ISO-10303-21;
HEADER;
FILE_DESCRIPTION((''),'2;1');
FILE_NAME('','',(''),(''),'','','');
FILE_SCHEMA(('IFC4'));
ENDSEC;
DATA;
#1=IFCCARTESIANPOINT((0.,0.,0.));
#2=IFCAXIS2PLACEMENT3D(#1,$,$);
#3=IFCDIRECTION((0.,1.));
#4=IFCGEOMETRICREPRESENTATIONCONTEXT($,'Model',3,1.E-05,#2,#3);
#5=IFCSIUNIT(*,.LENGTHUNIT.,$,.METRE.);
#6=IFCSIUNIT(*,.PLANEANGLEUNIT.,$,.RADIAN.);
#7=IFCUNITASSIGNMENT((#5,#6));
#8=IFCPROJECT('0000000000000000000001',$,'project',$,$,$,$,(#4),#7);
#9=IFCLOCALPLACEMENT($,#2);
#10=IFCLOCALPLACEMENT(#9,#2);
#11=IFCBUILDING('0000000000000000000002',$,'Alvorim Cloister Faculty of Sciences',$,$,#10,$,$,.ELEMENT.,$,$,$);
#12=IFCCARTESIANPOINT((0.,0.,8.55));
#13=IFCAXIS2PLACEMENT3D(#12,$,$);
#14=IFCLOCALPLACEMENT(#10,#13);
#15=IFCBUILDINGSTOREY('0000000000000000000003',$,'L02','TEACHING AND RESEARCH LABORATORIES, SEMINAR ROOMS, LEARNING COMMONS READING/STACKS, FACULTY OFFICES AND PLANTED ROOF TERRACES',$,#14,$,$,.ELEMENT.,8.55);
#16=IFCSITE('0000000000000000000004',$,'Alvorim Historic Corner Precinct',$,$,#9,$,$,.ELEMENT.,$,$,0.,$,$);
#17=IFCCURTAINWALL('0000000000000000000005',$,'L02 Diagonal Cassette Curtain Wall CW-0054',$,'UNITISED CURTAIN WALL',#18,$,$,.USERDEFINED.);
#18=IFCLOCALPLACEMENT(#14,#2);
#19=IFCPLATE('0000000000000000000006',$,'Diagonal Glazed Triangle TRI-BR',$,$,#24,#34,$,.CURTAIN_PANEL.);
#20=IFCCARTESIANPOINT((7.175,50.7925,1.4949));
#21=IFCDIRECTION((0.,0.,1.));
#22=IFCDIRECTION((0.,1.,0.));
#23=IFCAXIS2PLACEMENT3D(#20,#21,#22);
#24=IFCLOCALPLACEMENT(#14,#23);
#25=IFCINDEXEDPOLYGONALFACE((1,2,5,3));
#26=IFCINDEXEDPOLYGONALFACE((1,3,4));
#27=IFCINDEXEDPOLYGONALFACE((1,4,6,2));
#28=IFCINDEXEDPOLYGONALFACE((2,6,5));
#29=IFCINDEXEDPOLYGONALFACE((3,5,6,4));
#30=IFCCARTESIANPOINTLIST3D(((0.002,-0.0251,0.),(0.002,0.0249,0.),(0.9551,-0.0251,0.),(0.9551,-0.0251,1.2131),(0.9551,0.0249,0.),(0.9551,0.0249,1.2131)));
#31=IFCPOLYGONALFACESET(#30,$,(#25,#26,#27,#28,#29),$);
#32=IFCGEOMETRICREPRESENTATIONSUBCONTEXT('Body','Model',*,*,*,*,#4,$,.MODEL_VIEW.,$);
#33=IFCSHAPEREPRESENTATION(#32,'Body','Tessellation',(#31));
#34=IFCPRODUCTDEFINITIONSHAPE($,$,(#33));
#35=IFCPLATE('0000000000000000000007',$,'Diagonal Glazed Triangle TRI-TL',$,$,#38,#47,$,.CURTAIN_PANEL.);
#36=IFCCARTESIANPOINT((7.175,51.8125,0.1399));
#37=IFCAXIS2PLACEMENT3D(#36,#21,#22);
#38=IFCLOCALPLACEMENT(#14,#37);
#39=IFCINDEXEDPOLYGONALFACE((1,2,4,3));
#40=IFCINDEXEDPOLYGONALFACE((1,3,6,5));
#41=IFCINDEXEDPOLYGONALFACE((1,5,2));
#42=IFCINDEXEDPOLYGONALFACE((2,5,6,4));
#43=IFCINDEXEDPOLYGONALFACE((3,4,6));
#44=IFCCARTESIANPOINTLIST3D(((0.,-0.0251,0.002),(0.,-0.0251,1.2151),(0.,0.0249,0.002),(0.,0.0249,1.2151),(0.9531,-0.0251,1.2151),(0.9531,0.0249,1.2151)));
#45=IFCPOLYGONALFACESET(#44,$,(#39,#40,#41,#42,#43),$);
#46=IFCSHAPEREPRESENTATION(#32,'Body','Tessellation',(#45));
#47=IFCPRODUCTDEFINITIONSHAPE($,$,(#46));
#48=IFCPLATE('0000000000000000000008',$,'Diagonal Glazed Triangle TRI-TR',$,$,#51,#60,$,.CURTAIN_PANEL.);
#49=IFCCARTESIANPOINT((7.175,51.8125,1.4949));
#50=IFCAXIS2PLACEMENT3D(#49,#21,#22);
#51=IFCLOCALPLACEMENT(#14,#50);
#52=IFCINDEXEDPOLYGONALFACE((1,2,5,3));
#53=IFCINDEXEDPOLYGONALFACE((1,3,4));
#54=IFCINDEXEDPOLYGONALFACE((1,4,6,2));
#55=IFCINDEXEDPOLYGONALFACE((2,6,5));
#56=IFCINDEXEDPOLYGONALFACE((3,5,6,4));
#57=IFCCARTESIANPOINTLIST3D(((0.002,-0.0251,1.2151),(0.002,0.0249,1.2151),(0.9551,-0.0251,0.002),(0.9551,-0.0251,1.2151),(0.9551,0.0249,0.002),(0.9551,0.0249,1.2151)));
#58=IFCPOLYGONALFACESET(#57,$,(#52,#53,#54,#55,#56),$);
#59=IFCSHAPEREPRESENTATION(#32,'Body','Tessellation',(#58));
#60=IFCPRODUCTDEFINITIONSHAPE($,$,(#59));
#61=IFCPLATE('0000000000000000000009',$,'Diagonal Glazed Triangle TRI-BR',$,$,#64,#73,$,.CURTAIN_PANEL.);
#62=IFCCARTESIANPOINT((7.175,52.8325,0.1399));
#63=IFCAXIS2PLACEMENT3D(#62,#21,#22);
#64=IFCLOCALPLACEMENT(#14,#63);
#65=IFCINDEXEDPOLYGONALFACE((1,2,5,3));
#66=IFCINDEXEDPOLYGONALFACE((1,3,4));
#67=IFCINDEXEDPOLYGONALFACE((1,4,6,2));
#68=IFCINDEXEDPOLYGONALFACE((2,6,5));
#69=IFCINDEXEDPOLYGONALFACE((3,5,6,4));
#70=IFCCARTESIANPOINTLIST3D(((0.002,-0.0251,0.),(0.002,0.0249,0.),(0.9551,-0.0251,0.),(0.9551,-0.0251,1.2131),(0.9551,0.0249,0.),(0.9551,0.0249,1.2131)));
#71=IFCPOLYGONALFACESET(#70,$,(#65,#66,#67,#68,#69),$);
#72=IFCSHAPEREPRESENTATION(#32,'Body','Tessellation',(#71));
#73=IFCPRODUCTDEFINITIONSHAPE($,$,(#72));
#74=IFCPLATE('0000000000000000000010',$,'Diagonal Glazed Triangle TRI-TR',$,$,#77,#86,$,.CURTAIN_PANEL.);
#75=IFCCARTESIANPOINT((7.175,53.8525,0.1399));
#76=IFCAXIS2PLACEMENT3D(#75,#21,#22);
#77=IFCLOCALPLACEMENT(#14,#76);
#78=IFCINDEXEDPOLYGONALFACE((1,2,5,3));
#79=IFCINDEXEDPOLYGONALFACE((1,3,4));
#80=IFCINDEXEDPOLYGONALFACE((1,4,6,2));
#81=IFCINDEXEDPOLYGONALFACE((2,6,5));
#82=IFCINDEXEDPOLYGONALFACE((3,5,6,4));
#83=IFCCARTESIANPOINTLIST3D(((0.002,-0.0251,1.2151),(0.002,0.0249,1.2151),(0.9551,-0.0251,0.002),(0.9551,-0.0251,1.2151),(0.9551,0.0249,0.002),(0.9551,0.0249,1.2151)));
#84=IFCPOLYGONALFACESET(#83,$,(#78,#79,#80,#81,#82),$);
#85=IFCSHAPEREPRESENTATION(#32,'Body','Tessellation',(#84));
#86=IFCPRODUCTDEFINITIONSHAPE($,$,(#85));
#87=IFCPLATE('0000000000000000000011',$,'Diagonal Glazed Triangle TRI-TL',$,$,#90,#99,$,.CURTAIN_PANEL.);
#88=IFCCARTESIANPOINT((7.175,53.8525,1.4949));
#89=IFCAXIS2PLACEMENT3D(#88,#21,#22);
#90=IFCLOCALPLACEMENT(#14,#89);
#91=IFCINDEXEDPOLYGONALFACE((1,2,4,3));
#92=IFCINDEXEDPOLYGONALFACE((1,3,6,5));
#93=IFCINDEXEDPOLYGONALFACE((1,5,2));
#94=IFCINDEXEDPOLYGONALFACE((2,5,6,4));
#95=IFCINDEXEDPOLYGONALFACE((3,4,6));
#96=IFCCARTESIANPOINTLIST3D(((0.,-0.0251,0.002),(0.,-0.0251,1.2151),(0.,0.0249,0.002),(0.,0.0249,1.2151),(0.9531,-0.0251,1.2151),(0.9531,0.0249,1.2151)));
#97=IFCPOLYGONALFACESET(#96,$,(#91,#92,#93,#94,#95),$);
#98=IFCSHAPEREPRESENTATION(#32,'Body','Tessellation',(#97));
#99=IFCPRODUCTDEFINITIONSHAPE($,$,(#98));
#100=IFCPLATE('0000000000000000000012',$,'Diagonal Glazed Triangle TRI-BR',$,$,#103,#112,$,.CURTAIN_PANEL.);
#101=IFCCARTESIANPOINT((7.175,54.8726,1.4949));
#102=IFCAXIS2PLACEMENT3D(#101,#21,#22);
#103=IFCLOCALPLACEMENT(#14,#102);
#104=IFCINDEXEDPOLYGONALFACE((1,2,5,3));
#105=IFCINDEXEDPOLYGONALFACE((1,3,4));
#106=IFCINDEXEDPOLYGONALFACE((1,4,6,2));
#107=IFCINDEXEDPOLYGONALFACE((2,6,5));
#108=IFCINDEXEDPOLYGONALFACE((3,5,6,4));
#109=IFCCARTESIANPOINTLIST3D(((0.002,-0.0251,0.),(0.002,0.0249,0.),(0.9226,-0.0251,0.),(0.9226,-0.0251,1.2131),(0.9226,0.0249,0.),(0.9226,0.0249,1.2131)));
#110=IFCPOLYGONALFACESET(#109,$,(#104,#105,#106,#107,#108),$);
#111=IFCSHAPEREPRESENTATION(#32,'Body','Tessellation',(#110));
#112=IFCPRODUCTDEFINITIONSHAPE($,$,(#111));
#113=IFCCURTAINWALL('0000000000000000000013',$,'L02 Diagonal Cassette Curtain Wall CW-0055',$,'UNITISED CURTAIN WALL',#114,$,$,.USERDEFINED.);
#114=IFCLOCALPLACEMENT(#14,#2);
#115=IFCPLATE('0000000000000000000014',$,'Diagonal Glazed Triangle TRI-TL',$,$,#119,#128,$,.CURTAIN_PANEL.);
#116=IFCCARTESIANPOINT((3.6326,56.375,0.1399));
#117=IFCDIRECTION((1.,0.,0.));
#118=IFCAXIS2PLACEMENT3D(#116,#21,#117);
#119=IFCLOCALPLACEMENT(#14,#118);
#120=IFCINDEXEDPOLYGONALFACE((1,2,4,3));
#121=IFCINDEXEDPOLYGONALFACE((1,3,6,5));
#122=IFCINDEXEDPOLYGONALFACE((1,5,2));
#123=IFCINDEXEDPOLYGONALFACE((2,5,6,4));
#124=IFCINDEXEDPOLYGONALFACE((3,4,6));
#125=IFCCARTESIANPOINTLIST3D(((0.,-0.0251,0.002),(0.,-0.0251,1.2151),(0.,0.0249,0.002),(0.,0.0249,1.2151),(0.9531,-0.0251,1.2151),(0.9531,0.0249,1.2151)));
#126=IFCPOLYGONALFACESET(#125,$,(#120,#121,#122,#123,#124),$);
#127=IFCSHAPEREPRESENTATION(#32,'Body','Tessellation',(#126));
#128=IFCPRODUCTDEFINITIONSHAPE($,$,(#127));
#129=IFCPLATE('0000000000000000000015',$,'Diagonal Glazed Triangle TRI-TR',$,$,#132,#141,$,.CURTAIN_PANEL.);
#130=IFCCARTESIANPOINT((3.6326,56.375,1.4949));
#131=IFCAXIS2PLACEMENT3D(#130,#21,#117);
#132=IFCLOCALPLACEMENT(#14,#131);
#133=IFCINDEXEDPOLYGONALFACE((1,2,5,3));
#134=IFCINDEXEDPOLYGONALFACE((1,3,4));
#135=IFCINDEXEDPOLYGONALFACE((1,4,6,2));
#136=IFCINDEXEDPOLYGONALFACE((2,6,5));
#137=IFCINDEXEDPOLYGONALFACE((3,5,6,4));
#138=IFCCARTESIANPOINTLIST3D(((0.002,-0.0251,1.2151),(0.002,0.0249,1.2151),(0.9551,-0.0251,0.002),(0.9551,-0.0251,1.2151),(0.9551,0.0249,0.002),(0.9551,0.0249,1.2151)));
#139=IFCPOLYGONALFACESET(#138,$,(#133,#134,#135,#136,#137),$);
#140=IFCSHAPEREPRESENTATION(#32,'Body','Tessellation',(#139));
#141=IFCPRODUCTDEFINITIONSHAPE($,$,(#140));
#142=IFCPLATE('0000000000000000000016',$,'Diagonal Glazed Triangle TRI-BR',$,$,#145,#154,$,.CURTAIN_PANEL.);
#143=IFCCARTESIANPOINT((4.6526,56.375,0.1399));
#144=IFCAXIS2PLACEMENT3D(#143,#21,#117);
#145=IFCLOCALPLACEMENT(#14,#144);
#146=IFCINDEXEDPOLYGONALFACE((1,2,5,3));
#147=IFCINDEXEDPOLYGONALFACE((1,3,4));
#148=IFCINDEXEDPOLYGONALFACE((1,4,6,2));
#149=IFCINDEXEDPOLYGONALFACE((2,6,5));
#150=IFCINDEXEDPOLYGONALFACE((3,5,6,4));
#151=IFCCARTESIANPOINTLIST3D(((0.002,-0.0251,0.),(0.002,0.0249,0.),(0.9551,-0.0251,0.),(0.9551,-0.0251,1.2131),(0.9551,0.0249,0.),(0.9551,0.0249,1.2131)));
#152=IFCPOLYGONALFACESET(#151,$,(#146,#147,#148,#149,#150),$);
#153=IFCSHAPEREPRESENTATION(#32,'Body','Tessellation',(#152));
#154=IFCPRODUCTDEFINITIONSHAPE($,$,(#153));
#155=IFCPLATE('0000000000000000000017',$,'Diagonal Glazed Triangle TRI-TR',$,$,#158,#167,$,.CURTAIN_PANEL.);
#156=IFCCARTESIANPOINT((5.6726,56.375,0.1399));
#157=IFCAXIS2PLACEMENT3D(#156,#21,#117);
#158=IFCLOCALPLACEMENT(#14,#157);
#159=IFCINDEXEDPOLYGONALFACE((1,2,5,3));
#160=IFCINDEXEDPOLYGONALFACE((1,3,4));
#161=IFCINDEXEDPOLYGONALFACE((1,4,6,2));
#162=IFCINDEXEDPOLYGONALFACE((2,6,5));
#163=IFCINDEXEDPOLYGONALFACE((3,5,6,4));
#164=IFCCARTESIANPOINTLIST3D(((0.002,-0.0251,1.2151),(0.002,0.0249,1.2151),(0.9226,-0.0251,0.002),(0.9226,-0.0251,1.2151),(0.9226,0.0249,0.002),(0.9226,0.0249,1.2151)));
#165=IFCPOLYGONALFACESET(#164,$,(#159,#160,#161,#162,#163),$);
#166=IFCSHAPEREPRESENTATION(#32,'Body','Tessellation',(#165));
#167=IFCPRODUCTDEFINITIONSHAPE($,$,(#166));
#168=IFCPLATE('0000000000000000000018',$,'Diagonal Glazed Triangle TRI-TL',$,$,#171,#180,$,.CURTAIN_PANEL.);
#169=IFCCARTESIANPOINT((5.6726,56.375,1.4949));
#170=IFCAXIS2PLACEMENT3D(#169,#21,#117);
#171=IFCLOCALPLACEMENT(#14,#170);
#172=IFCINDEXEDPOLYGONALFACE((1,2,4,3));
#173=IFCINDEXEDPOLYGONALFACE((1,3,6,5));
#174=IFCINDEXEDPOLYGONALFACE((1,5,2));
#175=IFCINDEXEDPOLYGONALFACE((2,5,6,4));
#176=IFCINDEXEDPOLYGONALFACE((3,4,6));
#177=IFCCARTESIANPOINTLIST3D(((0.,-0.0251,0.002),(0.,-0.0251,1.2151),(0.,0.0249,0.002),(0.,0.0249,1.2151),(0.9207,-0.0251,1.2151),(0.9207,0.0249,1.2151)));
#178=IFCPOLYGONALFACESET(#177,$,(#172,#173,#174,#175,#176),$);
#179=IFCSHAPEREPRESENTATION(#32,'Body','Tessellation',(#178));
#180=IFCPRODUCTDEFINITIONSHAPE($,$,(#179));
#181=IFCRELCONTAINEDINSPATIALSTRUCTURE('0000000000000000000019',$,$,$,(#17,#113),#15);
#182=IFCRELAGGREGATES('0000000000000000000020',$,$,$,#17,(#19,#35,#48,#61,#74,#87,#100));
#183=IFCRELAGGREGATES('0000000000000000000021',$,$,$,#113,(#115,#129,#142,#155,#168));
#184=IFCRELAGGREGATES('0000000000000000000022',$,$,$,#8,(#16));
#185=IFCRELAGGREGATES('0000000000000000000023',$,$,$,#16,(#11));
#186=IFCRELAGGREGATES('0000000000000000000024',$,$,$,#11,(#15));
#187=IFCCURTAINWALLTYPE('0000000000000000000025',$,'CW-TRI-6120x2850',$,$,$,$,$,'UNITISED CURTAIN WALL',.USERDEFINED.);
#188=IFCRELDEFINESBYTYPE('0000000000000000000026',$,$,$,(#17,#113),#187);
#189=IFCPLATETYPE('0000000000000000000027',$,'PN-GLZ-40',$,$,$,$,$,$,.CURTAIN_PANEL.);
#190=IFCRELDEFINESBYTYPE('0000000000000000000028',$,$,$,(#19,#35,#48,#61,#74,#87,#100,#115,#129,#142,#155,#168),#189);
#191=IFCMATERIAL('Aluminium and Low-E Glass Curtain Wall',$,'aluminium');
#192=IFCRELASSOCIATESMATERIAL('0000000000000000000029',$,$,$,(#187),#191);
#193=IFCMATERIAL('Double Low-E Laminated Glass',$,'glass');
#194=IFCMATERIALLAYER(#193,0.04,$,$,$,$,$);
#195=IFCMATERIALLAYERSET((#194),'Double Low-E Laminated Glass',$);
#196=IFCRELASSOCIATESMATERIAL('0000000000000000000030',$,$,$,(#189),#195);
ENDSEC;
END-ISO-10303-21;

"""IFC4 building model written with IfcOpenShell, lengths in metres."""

from ifc_helpers import new_model, si_unit, direction, frame, origin, place, context, subcontext, project, spatial, polyline, outline, extrude, material, layer, layer_set, type_object, element, aggregate, save


model = new_model("IFC4")

# Units and contexts
model_context = context("Model", 3, precision=1e-05, world=origin(), true_north=direction((0.0, 1.0)))
body_context = subcontext(model_context, "Body", "Model", "MODEL_VIEW")
ifc_project = project(units=[si_unit("LENGTHUNIT", "METRE"), si_unit("PLANEANGLEUNIT", "RADIAN")], contexts=[model_context])

# Site, building, storey
site_placement = place(None, origin())
site = spatial("IfcSite", under=ifc_project, at=site_placement, Name="Alvorim Historic Corner Precinct", CompositionType="ELEMENT", RefElevation=0.0)
building_placement = place(site_placement, origin())
building = spatial("IfcBuilding", under=site, at=building_placement, Name="Alvorim Cloister Faculty of Sciences", CompositionType="ELEMENT")
storey_placement = place(building_placement, frame((0.0, 0.0, 8.55)))
storey = spatial("IfcBuildingStorey", under=building, at=storey_placement, Name="L02", Description="TEACHING AND RESEARCH LABORATORIES, SEMINAR ROOMS, LEARNING COMMONS READING/STACKS, FACULTY OFFICES AND PLANTED ROOF TERRACES", CompositionType="ELEMENT", Elevation=8.55)

# Curtain walls, plates
ifc_material_1 = material(Name="Aluminium and Low-E Glass Curtain Wall", Category="aluminium")
curtain_wall_type = type_object("IfcCurtainWallType", Name="CW-TRI-6120x2850", ElementType="UNITISED CURTAIN WALL", PredefinedType="USERDEFINED", material=ifc_material_1)
curtain_wall_1_placement = place(storey_placement, origin())
curtain_wall_1 = element("IfcCurtainWall", 1, at=curtain_wall_1_placement, inside=storey, type_object=curtain_wall_type, Name="L02 Diagonal Cassette Curtain Wall CW-0054", ObjectType="UNITISED CURTAIN WALL", PredefinedType="USERDEFINED")
ifc_material_2 = material(Name="Double Low-E Laminated Glass", Category="glass")
ifc_layer = layer(ifc_material_2, 0.04)
ifc_layer_set = layer_set([ifc_layer], Name="Double Low-E Laminated Glass")
plate_type = type_object("IfcPlateType", Name="PN-GLZ-40", PredefinedType="CURTAIN_PANEL", material=ifc_layer_set)
plate_1_placement = place(storey_placement, frame((7.175, 50.7925, 1.4949), z_axis=(0.0, 0.0, 1.0), x_axis=(0.0, 1.0, 0.0)))
plate_1 = element("IfcPlate", 2, at=plate_1_placement, type_object=plate_type, Name="Diagonal Glazed Triangle TRI-BR", PredefinedType="CURTAIN_PANEL", context=body_context, shape_type="SweptSolid", body=[
    extrude(outline(polyline([(0.002, 0.0), (0.9551, 0.0), (0.9551, 1.2131), (0.002, 0.0)])), frame((0.0, 0.0249, 0.0), z_axis=(0.0, -1.0, 0.0), x_axis=(1.0, 0.0, 0.0)), (0.0, 0.0, 1.0), 0.05),
])
plate_2_placement = place(storey_placement, frame((7.175, 51.8125, 0.1399), z_axis=(0.0, 0.0, 1.0), x_axis=(0.0, 1.0, 0.0)))
plate_2 = element("IfcPlate", 3, at=plate_2_placement, type_object=plate_type, Name="Diagonal Glazed Triangle TRI-TL", PredefinedType="CURTAIN_PANEL", context=body_context, shape_type="SweptSolid", body=[
    extrude(outline(polyline([(0.9531, 1.2151), (0.0, 1.2151), (0.0, 0.002), (0.9531, 1.2151)])), frame((0.0, 0.0249, 0.0), z_axis=(0.0, -1.0, 0.0), x_axis=(1.0, 0.0, 0.0)), (0.0, 0.0, 1.0), 0.05),
])
plate_3_placement = place(storey_placement, frame((7.175, 51.8125, 1.4949), z_axis=(0.0, 0.0, 1.0), x_axis=(0.0, 1.0, 0.0)))
plate_3 = element("IfcPlate", 4, at=plate_3_placement, type_object=plate_type, Name="Diagonal Glazed Triangle TRI-TR", PredefinedType="CURTAIN_PANEL", context=body_context, shape_type="SweptSolid", body=[
    extrude(outline(polyline([(0.9551, 0.002), (0.9551, 1.2151), (0.002, 1.2151), (0.9551, 0.002)])), frame((0.0, 0.0249, 0.0), z_axis=(0.0, -1.0, 0.0), x_axis=(1.0, 0.0, 0.0)), (0.0, 0.0, 1.0), 0.05),
])
plate_4_placement = place(storey_placement, frame((7.175, 52.8325, 0.1399), z_axis=(0.0, 0.0, 1.0), x_axis=(0.0, 1.0, 0.0)))
plate_4 = element("IfcPlate", 5, at=plate_4_placement, type_object=plate_type, Name="Diagonal Glazed Triangle TRI-BR", PredefinedType="CURTAIN_PANEL", context=body_context, shape_type="SweptSolid", body=[
    extrude(outline(polyline([(0.002, 0.0), (0.9551, 0.0), (0.9551, 1.2131), (0.002, 0.0)])), frame((0.0, 0.0249, 0.0), z_axis=(0.0, -1.0, 0.0), x_axis=(1.0, 0.0, 0.0)), (0.0, 0.0, 1.0), 0.05),
])
plate_5_placement = place(storey_placement, frame((7.175, 53.8525, 0.1399), z_axis=(0.0, 0.0, 1.0), x_axis=(0.0, 1.0, 0.0)))
plate_5 = element("IfcPlate", 6, at=plate_5_placement, type_object=plate_type, Name="Diagonal Glazed Triangle TRI-TR", PredefinedType="CURTAIN_PANEL", context=body_context, shape_type="SweptSolid", body=[
    extrude(outline(polyline([(0.9551, 0.002), (0.9551, 1.2151), (0.002, 1.2151), (0.9551, 0.002)])), frame((0.0, 0.0249, 0.0), z_axis=(0.0, -1.0, 0.0), x_axis=(1.0, 0.0, 0.0)), (0.0, 0.0, 1.0), 0.05),
])
plate_6_placement = place(storey_placement, frame((7.175, 53.8525, 1.4949), z_axis=(0.0, 0.0, 1.0), x_axis=(0.0, 1.0, 0.0)))
plate_6 = element("IfcPlate", 7, at=plate_6_placement, type_object=plate_type, Name="Diagonal Glazed Triangle TRI-TL", PredefinedType="CURTAIN_PANEL", context=body_context, shape_type="SweptSolid", body=[
    extrude(outline(polyline([(0.9531, 1.2151), (0.0, 1.2151), (0.0, 0.002), (0.9531, 1.2151)])), frame((0.0, 0.0249, 0.0), z_axis=(0.0, -1.0, 0.0), x_axis=(1.0, 0.0, 0.0)), (0.0, 0.0, 1.0), 0.05),
])
plate_7_placement = place(storey_placement, frame((7.175, 54.8726, 1.4949), z_axis=(0.0, 0.0, 1.0), x_axis=(0.0, 1.0, 0.0)))
plate_7 = element("IfcPlate", 8, at=plate_7_placement, type_object=plate_type, Name="Diagonal Glazed Triangle TRI-BR", PredefinedType="CURTAIN_PANEL", context=body_context, shape_type="SweptSolid", body=[
    extrude(outline(polyline([(0.002, 0.0), (0.9226, 0.0), (0.9226, 1.2131), (0.002, 0.0)])), frame((0.0, 0.0249, 0.0), z_axis=(0.0, -1.0, 0.0), x_axis=(1.0, 0.0, 0.0)), (0.0, 0.0, 1.0), 0.05),
])
aggregate(curtain_wall_1, [plate_1, plate_2, plate_3, plate_4, plate_5, plate_6, plate_7])
curtain_wall_2_placement = place(storey_placement, origin())
curtain_wall_2 = element("IfcCurtainWall", 9, at=curtain_wall_2_placement, inside=storey, type_object=curtain_wall_type, Name="L02 Diagonal Cassette Curtain Wall CW-0055", ObjectType="UNITISED CURTAIN WALL", PredefinedType="USERDEFINED")
plate_8_placement = place(storey_placement, frame((3.6326, 56.375, 0.1399), z_axis=(0.0, 0.0, 1.0), x_axis=(1.0, 0.0, 0.0)))
plate_8 = element("IfcPlate", 10, at=plate_8_placement, type_object=plate_type, Name="Diagonal Glazed Triangle TRI-TL", PredefinedType="CURTAIN_PANEL", context=body_context, shape_type="SweptSolid", body=[
    extrude(outline(polyline([(0.9531, 1.2151), (0.0, 1.2151), (0.0, 0.002), (0.9531, 1.2151)])), frame((0.0, 0.0249, 0.0), z_axis=(0.0, -1.0, 0.0), x_axis=(1.0, 0.0, 0.0)), (0.0, 0.0, 1.0), 0.05),
])
plate_9_placement = place(storey_placement, frame((3.6326, 56.375, 1.4949), z_axis=(0.0, 0.0, 1.0), x_axis=(1.0, 0.0, 0.0)))
plate_9 = element("IfcPlate", 11, at=plate_9_placement, type_object=plate_type, Name="Diagonal Glazed Triangle TRI-TR", PredefinedType="CURTAIN_PANEL", context=body_context, shape_type="SweptSolid", body=[
    extrude(outline(polyline([(0.9551, 0.002), (0.9551, 1.2151), (0.002, 1.2151), (0.9551, 0.002)])), frame((0.0, 0.0249, 0.0), z_axis=(0.0, -1.0, 0.0), x_axis=(1.0, 0.0, 0.0)), (0.0, 0.0, 1.0), 0.05),
])
plate_10_placement = place(storey_placement, frame((4.6526, 56.375, 0.1399), z_axis=(0.0, 0.0, 1.0), x_axis=(1.0, 0.0, 0.0)))
plate_10 = element("IfcPlate", 12, at=plate_10_placement, type_object=plate_type, Name="Diagonal Glazed Triangle TRI-BR", PredefinedType="CURTAIN_PANEL", context=body_context, shape_type="SweptSolid", body=[
    extrude(outline(polyline([(0.002, 0.0), (0.9551, 0.0), (0.9551, 1.2131), (0.002, 0.0)])), frame((0.0, 0.0249, 0.0), z_axis=(0.0, -1.0, 0.0), x_axis=(1.0, 0.0, 0.0)), (0.0, 0.0, 1.0), 0.05),
])
plate_11_placement = place(storey_placement, frame((5.6726, 56.375, 0.1399), z_axis=(0.0, 0.0, 1.0), x_axis=(1.0, 0.0, 0.0)))
plate_11 = element("IfcPlate", 13, at=plate_11_placement, type_object=plate_type, Name="Diagonal Glazed Triangle TRI-TR", PredefinedType="CURTAIN_PANEL", context=body_context, shape_type="SweptSolid", body=[
    extrude(outline(polyline([(0.9226, 0.002), (0.9226, 1.2151), (0.002, 1.2151), (0.9226, 0.002)])), frame((0.0, 0.0249, 0.0), z_axis=(0.0, -1.0, 0.0), x_axis=(1.0, 0.0, 0.0)), (0.0, 0.0, 1.0), 0.05),
])
plate_12_placement = place(storey_placement, frame((5.6726, 56.375, 1.4949), z_axis=(0.0, 0.0, 1.0), x_axis=(1.0, 0.0, 0.0)))
plate_12 = element("IfcPlate", 14, at=plate_12_placement, type_object=plate_type, Name="Diagonal Glazed Triangle TRI-TL", PredefinedType="CURTAIN_PANEL", context=body_context, shape_type="SweptSolid", body=[
    extrude(outline(polyline([(0.9207, 1.2151), (0.0, 1.2151), (0.0, 0.002), (0.9207, 1.2151)])), frame((0.0, 0.0249, 0.0), z_axis=(0.0, -1.0, 0.0), x_axis=(1.0, 0.0, 0.0)), (0.0, 0.0, 1.0), 0.05),
])
aggregate(curtain_wall_2, [plate_8, plate_9, plate_10, plate_11, plate_12])

save(model, "model.ifc")
